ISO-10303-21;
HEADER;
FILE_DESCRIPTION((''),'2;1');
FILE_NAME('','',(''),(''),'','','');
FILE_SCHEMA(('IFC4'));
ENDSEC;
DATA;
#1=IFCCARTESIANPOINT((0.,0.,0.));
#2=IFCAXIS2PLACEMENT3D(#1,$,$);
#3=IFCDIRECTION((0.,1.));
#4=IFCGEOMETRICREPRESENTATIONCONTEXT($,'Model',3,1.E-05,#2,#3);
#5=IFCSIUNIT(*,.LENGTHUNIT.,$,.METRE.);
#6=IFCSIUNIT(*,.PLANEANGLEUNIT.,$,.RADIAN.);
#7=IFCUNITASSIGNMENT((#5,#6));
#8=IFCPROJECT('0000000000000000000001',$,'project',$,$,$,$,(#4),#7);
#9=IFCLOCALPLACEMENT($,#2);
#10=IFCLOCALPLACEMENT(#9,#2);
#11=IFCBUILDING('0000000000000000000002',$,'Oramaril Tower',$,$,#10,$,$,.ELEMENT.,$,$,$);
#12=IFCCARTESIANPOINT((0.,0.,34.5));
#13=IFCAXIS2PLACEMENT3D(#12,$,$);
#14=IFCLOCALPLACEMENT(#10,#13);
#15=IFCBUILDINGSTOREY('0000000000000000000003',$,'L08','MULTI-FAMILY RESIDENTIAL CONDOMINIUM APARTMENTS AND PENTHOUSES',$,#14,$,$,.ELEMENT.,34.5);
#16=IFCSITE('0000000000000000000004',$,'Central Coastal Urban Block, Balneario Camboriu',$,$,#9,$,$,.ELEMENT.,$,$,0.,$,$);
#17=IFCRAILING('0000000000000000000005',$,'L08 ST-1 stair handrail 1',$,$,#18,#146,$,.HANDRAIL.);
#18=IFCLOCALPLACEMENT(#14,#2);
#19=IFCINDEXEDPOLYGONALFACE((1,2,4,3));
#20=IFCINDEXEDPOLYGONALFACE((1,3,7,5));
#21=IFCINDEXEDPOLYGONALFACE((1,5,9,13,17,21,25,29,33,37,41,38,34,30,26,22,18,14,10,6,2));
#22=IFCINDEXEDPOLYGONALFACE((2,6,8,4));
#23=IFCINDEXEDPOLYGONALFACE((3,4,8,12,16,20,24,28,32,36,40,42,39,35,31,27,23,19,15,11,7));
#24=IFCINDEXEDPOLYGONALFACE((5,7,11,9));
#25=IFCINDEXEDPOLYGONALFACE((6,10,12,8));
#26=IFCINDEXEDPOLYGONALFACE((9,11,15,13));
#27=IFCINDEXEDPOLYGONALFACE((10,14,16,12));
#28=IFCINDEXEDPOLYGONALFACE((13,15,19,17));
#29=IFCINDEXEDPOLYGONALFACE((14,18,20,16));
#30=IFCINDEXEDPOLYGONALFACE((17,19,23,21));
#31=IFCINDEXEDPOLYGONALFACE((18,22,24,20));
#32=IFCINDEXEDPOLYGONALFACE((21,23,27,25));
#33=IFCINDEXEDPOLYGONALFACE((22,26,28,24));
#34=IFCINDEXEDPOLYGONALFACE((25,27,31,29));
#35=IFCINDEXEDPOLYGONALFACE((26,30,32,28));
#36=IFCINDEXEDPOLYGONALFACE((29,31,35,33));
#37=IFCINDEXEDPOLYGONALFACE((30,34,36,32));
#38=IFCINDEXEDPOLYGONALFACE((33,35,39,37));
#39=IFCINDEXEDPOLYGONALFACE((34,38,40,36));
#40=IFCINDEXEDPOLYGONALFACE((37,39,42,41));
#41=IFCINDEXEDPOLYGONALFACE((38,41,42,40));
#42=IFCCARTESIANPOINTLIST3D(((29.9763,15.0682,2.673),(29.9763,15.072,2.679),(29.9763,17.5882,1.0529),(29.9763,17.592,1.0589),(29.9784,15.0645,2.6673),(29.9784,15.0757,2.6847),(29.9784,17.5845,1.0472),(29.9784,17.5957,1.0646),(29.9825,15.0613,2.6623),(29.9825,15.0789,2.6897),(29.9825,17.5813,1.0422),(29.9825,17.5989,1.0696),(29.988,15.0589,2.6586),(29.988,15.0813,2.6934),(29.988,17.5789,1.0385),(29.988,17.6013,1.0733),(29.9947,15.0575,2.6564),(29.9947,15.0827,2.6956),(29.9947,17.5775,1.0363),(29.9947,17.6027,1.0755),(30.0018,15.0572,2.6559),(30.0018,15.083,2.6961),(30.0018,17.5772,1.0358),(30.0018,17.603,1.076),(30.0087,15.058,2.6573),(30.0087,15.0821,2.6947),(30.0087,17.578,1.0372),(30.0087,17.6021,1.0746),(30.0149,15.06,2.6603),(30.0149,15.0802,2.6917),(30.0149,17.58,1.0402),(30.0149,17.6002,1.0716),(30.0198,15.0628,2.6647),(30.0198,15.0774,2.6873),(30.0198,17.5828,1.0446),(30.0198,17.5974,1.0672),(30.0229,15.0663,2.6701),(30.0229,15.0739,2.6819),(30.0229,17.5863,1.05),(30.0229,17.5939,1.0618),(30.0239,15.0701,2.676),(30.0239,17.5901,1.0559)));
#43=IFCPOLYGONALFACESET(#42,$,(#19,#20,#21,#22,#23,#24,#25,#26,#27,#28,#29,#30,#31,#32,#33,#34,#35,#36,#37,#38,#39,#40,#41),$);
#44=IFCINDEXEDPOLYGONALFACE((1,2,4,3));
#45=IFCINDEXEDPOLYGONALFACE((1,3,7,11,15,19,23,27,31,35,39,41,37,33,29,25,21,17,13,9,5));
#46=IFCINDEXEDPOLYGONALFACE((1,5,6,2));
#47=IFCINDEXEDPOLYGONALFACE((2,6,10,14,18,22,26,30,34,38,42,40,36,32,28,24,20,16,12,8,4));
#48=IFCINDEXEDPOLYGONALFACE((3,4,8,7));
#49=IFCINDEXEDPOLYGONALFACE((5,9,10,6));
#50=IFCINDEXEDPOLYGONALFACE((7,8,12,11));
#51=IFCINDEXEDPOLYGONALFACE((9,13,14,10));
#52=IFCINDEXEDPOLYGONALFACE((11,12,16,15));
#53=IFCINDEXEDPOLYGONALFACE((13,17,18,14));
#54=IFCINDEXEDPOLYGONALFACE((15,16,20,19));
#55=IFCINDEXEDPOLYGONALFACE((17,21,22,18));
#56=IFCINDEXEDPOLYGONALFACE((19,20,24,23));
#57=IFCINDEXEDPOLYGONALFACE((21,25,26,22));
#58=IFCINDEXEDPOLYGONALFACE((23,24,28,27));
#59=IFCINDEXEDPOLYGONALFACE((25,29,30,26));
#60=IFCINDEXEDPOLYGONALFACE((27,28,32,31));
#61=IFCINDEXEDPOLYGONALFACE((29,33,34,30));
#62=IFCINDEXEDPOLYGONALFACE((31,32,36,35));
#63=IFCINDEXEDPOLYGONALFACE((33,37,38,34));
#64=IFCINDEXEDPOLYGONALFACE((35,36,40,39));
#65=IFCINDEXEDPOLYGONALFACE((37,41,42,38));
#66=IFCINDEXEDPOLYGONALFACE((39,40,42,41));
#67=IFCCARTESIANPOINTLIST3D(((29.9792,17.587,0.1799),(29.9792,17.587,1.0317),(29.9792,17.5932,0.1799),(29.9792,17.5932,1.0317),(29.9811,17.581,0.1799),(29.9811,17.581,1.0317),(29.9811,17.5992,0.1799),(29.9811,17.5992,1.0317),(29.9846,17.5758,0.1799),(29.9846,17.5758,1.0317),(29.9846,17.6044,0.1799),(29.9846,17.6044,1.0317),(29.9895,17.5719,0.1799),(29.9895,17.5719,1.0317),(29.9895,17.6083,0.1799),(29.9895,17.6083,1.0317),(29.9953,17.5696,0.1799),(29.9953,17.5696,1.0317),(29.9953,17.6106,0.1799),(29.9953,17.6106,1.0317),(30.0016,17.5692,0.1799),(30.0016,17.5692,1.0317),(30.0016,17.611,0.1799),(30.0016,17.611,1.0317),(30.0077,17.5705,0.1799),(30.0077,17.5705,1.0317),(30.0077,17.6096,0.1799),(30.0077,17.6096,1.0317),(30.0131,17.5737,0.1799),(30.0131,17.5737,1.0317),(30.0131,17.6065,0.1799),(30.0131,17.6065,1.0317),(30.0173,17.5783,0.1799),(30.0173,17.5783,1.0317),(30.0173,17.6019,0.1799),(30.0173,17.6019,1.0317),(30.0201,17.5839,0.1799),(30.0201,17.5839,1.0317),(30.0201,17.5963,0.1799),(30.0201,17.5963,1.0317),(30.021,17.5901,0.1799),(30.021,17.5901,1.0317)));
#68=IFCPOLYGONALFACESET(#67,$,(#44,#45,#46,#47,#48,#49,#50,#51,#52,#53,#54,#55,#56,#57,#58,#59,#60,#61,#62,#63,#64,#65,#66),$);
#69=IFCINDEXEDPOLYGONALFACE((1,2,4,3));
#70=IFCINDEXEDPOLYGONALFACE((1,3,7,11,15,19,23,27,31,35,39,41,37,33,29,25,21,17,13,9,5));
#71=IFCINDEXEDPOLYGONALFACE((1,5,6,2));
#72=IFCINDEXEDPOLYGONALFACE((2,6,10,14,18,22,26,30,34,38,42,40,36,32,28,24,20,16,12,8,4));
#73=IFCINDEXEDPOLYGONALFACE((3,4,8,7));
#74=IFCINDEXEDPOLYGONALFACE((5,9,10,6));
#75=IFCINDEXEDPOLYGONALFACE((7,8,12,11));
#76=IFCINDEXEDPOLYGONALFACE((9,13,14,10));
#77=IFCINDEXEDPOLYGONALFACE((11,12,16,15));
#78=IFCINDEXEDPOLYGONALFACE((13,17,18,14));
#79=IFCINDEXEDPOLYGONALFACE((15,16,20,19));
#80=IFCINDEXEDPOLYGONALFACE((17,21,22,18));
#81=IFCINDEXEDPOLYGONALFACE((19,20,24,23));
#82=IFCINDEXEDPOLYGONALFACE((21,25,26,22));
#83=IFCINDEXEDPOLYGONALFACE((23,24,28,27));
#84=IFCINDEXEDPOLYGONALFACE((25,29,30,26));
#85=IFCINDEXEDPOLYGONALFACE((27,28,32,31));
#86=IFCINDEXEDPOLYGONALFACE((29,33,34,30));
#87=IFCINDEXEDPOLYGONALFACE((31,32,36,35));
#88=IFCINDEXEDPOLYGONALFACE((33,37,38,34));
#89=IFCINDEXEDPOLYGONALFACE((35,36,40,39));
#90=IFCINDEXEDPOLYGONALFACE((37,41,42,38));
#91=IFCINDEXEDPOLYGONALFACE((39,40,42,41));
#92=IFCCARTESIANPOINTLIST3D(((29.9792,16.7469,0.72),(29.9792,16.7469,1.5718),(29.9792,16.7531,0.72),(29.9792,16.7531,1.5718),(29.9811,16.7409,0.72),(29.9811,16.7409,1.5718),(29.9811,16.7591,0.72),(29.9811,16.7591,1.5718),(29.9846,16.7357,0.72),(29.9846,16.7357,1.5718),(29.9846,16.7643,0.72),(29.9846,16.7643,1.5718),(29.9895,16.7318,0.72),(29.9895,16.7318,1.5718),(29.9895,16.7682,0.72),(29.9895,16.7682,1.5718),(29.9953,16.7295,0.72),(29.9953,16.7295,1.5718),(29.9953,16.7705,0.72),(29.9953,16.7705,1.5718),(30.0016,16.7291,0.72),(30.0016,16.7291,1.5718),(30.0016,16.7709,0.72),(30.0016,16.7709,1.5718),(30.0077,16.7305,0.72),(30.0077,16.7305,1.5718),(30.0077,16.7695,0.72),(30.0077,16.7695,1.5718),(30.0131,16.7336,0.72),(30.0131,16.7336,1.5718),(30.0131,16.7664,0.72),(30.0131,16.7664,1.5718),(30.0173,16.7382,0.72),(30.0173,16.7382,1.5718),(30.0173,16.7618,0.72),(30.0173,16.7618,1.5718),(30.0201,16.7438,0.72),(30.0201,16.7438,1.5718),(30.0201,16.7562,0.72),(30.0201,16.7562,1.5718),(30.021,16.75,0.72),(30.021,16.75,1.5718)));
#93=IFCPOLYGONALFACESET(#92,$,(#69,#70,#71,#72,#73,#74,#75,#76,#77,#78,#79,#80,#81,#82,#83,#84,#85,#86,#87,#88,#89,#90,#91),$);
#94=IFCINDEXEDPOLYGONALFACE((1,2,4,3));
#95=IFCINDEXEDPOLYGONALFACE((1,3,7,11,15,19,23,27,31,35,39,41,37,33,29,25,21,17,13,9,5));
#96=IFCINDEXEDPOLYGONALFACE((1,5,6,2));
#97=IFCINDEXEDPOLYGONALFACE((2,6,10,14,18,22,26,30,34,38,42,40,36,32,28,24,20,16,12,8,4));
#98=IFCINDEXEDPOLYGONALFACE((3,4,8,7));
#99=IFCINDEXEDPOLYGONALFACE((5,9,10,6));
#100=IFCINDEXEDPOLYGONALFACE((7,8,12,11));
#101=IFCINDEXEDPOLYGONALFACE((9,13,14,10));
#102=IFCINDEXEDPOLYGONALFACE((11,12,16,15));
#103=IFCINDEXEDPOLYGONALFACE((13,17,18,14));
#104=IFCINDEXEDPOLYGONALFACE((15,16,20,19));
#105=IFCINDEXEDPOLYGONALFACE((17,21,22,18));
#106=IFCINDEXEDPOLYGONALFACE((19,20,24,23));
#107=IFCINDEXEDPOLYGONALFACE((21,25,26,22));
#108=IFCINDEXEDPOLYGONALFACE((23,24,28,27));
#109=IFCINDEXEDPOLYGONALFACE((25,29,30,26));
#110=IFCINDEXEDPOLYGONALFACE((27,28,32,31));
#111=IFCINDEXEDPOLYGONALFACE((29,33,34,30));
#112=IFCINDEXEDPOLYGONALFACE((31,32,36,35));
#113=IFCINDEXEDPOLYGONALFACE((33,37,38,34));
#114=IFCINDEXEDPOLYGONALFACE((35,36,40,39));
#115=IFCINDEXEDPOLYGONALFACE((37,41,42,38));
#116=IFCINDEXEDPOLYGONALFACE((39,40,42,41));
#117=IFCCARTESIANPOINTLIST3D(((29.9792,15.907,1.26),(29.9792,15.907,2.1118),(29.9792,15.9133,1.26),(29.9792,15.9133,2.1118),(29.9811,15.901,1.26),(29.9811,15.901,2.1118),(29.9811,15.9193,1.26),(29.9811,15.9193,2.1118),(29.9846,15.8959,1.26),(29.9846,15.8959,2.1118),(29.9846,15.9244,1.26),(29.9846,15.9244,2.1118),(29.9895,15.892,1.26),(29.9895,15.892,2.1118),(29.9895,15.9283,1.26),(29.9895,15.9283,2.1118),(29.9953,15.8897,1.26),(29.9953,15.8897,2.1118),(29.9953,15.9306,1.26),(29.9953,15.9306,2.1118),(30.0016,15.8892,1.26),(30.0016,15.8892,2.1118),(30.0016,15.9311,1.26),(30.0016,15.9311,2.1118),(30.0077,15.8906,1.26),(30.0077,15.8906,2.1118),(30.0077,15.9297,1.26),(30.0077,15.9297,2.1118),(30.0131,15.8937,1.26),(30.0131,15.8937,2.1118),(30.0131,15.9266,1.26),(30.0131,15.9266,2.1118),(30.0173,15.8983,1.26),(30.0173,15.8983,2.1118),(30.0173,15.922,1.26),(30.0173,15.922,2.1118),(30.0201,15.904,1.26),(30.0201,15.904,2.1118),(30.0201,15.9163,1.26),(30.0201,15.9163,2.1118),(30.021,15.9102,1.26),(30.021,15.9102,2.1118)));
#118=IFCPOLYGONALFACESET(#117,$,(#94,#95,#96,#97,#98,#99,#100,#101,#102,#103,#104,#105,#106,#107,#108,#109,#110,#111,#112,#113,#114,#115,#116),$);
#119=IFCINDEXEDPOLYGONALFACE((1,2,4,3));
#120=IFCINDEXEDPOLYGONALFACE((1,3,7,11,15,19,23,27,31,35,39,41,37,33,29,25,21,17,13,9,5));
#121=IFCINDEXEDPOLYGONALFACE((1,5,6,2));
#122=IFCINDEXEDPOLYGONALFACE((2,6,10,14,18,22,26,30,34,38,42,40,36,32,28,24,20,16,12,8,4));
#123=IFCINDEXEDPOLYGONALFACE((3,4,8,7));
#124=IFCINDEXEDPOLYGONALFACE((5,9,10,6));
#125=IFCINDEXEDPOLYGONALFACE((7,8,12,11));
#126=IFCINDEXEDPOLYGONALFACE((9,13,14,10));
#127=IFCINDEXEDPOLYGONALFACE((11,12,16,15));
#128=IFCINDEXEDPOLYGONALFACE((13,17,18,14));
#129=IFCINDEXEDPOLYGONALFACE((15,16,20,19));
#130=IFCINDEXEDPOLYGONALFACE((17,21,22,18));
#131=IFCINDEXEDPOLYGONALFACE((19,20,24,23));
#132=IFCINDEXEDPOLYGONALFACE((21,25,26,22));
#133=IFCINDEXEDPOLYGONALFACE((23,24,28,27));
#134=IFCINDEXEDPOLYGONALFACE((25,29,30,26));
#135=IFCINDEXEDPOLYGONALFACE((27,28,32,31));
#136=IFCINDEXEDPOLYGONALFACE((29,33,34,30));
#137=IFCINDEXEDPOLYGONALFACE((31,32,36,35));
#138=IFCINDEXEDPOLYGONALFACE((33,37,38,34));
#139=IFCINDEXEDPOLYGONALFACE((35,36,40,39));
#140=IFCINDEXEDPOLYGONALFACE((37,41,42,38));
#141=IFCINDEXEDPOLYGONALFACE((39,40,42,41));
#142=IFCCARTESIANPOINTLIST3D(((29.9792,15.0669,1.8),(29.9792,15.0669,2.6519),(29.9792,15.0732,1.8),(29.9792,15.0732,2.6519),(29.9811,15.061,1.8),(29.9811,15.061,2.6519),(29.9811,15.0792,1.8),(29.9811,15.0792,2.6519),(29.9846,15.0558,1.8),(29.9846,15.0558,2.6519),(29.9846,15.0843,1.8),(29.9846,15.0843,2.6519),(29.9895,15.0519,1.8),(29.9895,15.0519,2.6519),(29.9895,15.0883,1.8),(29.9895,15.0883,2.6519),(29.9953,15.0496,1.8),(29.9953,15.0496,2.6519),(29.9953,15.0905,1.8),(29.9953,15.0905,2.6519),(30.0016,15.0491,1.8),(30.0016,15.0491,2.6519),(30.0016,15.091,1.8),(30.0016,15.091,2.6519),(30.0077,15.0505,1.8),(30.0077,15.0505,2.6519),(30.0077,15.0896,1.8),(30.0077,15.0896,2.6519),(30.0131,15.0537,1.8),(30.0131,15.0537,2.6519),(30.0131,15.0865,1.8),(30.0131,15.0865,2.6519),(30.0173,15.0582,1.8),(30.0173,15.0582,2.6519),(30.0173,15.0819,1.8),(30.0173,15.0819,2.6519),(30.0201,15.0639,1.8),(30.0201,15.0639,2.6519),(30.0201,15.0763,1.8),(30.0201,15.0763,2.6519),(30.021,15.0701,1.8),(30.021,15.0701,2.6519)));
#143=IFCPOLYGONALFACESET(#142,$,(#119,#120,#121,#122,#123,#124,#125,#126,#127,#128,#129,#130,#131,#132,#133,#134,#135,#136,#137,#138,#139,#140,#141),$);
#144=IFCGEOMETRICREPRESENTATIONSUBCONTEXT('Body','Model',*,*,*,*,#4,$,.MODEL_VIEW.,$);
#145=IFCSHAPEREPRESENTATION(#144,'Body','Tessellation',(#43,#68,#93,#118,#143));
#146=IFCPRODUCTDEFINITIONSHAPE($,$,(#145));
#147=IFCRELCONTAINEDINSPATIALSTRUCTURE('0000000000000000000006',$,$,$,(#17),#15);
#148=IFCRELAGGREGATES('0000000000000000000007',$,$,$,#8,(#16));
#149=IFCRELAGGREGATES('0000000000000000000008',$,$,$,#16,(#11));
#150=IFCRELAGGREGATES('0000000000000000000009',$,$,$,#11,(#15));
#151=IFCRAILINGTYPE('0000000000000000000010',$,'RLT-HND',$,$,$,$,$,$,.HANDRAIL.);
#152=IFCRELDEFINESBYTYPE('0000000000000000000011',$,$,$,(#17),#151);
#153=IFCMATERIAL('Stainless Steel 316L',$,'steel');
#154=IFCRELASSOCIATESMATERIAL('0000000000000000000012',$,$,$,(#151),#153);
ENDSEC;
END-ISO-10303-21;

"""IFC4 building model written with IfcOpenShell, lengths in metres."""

from ifc_helpers import new_model, si_unit, direction, frame, origin, origin_2d, place, context, subcontext, project, spatial, circle, extrude, material, type_object, element, save


model = new_model("IFC4")

# Units and contexts
model_context = context("Model", 3, precision=1e-05, world=origin(), true_north=direction((0.0, 1.0)))
body_context = subcontext(model_context, "Body", "Model", "MODEL_VIEW")
ifc_project = project(units=[si_unit("LENGTHUNIT", "METRE"), si_unit("PLANEANGLEUNIT", "RADIAN")], contexts=[model_context])

# Site, building, storey
site_placement = place(None, origin())
site = spatial("IfcSite", under=ifc_project, at=site_placement, Name="Central Coastal Urban Block, Balneario Camboriu", CompositionType="ELEMENT", RefElevation=0.0)
building_placement = place(site_placement, origin())
building = spatial("IfcBuilding", under=site, at=building_placement, Name="Oramaril Tower", CompositionType="ELEMENT")
storey_placement = place(building_placement, frame((0.0, 0.0, 34.5)))
storey = spatial("IfcBuildingStorey", under=building, at=storey_placement, Name="L08", Description="MULTI-FAMILY RESIDENTIAL CONDOMINIUM APARTMENTS AND PENTHOUSES", CompositionType="ELEMENT", Elevation=34.5)

# Railing
ifc_material_1 = material(Name="Stainless Steel 316L", Category="steel")
railing_type_1 = type_object("IfcRailingType", Name="RLT-HND", PredefinedType="HANDRAIL", material=ifc_material_1)
railing_1_placement = place(storey_placement, frame((30.0, 17.5901, 0.1799)))
element("IfcRailing", 1, at=railing_1_placement, inside=storey, type_object=railing_type_1, Name="L08 ST-1 stair handrail 1", PredefinedType="HANDRAIL", context=body_context, shape_type="SweptSolid", body=[
    extrude(circle(Radius=0.0239, at=origin_2d()), frame((0.0, 0.0, 0.876), z_axis=(0.0, -0.841163, 0.540782), x_axis=(1.0, 0.0, 0.0)), (0.0, 0.0, 1.0), 2.9958),
    extrude(circle(Radius=0.021, at=origin_2d()), origin(), (0.0, 0.0, 1.0), 0.8518),
    extrude(circle(Radius=0.021, at=origin_2d()), frame((0.0, -0.8401, 0.54)), (0.0, 0.0, 1.0), 0.8518),
    extrude(circle(Radius=0.021, at=origin_2d()), frame((0.0, -1.6799, 1.0801)), (0.0, 0.0, 1.0), 0.8518),
    extrude(circle(Radius=0.021, at=origin_2d()), frame((0.0, -2.52, 1.6201)), (0.0, 0.0, 1.0), 0.8518),
])

save(model, "model.ifc")
